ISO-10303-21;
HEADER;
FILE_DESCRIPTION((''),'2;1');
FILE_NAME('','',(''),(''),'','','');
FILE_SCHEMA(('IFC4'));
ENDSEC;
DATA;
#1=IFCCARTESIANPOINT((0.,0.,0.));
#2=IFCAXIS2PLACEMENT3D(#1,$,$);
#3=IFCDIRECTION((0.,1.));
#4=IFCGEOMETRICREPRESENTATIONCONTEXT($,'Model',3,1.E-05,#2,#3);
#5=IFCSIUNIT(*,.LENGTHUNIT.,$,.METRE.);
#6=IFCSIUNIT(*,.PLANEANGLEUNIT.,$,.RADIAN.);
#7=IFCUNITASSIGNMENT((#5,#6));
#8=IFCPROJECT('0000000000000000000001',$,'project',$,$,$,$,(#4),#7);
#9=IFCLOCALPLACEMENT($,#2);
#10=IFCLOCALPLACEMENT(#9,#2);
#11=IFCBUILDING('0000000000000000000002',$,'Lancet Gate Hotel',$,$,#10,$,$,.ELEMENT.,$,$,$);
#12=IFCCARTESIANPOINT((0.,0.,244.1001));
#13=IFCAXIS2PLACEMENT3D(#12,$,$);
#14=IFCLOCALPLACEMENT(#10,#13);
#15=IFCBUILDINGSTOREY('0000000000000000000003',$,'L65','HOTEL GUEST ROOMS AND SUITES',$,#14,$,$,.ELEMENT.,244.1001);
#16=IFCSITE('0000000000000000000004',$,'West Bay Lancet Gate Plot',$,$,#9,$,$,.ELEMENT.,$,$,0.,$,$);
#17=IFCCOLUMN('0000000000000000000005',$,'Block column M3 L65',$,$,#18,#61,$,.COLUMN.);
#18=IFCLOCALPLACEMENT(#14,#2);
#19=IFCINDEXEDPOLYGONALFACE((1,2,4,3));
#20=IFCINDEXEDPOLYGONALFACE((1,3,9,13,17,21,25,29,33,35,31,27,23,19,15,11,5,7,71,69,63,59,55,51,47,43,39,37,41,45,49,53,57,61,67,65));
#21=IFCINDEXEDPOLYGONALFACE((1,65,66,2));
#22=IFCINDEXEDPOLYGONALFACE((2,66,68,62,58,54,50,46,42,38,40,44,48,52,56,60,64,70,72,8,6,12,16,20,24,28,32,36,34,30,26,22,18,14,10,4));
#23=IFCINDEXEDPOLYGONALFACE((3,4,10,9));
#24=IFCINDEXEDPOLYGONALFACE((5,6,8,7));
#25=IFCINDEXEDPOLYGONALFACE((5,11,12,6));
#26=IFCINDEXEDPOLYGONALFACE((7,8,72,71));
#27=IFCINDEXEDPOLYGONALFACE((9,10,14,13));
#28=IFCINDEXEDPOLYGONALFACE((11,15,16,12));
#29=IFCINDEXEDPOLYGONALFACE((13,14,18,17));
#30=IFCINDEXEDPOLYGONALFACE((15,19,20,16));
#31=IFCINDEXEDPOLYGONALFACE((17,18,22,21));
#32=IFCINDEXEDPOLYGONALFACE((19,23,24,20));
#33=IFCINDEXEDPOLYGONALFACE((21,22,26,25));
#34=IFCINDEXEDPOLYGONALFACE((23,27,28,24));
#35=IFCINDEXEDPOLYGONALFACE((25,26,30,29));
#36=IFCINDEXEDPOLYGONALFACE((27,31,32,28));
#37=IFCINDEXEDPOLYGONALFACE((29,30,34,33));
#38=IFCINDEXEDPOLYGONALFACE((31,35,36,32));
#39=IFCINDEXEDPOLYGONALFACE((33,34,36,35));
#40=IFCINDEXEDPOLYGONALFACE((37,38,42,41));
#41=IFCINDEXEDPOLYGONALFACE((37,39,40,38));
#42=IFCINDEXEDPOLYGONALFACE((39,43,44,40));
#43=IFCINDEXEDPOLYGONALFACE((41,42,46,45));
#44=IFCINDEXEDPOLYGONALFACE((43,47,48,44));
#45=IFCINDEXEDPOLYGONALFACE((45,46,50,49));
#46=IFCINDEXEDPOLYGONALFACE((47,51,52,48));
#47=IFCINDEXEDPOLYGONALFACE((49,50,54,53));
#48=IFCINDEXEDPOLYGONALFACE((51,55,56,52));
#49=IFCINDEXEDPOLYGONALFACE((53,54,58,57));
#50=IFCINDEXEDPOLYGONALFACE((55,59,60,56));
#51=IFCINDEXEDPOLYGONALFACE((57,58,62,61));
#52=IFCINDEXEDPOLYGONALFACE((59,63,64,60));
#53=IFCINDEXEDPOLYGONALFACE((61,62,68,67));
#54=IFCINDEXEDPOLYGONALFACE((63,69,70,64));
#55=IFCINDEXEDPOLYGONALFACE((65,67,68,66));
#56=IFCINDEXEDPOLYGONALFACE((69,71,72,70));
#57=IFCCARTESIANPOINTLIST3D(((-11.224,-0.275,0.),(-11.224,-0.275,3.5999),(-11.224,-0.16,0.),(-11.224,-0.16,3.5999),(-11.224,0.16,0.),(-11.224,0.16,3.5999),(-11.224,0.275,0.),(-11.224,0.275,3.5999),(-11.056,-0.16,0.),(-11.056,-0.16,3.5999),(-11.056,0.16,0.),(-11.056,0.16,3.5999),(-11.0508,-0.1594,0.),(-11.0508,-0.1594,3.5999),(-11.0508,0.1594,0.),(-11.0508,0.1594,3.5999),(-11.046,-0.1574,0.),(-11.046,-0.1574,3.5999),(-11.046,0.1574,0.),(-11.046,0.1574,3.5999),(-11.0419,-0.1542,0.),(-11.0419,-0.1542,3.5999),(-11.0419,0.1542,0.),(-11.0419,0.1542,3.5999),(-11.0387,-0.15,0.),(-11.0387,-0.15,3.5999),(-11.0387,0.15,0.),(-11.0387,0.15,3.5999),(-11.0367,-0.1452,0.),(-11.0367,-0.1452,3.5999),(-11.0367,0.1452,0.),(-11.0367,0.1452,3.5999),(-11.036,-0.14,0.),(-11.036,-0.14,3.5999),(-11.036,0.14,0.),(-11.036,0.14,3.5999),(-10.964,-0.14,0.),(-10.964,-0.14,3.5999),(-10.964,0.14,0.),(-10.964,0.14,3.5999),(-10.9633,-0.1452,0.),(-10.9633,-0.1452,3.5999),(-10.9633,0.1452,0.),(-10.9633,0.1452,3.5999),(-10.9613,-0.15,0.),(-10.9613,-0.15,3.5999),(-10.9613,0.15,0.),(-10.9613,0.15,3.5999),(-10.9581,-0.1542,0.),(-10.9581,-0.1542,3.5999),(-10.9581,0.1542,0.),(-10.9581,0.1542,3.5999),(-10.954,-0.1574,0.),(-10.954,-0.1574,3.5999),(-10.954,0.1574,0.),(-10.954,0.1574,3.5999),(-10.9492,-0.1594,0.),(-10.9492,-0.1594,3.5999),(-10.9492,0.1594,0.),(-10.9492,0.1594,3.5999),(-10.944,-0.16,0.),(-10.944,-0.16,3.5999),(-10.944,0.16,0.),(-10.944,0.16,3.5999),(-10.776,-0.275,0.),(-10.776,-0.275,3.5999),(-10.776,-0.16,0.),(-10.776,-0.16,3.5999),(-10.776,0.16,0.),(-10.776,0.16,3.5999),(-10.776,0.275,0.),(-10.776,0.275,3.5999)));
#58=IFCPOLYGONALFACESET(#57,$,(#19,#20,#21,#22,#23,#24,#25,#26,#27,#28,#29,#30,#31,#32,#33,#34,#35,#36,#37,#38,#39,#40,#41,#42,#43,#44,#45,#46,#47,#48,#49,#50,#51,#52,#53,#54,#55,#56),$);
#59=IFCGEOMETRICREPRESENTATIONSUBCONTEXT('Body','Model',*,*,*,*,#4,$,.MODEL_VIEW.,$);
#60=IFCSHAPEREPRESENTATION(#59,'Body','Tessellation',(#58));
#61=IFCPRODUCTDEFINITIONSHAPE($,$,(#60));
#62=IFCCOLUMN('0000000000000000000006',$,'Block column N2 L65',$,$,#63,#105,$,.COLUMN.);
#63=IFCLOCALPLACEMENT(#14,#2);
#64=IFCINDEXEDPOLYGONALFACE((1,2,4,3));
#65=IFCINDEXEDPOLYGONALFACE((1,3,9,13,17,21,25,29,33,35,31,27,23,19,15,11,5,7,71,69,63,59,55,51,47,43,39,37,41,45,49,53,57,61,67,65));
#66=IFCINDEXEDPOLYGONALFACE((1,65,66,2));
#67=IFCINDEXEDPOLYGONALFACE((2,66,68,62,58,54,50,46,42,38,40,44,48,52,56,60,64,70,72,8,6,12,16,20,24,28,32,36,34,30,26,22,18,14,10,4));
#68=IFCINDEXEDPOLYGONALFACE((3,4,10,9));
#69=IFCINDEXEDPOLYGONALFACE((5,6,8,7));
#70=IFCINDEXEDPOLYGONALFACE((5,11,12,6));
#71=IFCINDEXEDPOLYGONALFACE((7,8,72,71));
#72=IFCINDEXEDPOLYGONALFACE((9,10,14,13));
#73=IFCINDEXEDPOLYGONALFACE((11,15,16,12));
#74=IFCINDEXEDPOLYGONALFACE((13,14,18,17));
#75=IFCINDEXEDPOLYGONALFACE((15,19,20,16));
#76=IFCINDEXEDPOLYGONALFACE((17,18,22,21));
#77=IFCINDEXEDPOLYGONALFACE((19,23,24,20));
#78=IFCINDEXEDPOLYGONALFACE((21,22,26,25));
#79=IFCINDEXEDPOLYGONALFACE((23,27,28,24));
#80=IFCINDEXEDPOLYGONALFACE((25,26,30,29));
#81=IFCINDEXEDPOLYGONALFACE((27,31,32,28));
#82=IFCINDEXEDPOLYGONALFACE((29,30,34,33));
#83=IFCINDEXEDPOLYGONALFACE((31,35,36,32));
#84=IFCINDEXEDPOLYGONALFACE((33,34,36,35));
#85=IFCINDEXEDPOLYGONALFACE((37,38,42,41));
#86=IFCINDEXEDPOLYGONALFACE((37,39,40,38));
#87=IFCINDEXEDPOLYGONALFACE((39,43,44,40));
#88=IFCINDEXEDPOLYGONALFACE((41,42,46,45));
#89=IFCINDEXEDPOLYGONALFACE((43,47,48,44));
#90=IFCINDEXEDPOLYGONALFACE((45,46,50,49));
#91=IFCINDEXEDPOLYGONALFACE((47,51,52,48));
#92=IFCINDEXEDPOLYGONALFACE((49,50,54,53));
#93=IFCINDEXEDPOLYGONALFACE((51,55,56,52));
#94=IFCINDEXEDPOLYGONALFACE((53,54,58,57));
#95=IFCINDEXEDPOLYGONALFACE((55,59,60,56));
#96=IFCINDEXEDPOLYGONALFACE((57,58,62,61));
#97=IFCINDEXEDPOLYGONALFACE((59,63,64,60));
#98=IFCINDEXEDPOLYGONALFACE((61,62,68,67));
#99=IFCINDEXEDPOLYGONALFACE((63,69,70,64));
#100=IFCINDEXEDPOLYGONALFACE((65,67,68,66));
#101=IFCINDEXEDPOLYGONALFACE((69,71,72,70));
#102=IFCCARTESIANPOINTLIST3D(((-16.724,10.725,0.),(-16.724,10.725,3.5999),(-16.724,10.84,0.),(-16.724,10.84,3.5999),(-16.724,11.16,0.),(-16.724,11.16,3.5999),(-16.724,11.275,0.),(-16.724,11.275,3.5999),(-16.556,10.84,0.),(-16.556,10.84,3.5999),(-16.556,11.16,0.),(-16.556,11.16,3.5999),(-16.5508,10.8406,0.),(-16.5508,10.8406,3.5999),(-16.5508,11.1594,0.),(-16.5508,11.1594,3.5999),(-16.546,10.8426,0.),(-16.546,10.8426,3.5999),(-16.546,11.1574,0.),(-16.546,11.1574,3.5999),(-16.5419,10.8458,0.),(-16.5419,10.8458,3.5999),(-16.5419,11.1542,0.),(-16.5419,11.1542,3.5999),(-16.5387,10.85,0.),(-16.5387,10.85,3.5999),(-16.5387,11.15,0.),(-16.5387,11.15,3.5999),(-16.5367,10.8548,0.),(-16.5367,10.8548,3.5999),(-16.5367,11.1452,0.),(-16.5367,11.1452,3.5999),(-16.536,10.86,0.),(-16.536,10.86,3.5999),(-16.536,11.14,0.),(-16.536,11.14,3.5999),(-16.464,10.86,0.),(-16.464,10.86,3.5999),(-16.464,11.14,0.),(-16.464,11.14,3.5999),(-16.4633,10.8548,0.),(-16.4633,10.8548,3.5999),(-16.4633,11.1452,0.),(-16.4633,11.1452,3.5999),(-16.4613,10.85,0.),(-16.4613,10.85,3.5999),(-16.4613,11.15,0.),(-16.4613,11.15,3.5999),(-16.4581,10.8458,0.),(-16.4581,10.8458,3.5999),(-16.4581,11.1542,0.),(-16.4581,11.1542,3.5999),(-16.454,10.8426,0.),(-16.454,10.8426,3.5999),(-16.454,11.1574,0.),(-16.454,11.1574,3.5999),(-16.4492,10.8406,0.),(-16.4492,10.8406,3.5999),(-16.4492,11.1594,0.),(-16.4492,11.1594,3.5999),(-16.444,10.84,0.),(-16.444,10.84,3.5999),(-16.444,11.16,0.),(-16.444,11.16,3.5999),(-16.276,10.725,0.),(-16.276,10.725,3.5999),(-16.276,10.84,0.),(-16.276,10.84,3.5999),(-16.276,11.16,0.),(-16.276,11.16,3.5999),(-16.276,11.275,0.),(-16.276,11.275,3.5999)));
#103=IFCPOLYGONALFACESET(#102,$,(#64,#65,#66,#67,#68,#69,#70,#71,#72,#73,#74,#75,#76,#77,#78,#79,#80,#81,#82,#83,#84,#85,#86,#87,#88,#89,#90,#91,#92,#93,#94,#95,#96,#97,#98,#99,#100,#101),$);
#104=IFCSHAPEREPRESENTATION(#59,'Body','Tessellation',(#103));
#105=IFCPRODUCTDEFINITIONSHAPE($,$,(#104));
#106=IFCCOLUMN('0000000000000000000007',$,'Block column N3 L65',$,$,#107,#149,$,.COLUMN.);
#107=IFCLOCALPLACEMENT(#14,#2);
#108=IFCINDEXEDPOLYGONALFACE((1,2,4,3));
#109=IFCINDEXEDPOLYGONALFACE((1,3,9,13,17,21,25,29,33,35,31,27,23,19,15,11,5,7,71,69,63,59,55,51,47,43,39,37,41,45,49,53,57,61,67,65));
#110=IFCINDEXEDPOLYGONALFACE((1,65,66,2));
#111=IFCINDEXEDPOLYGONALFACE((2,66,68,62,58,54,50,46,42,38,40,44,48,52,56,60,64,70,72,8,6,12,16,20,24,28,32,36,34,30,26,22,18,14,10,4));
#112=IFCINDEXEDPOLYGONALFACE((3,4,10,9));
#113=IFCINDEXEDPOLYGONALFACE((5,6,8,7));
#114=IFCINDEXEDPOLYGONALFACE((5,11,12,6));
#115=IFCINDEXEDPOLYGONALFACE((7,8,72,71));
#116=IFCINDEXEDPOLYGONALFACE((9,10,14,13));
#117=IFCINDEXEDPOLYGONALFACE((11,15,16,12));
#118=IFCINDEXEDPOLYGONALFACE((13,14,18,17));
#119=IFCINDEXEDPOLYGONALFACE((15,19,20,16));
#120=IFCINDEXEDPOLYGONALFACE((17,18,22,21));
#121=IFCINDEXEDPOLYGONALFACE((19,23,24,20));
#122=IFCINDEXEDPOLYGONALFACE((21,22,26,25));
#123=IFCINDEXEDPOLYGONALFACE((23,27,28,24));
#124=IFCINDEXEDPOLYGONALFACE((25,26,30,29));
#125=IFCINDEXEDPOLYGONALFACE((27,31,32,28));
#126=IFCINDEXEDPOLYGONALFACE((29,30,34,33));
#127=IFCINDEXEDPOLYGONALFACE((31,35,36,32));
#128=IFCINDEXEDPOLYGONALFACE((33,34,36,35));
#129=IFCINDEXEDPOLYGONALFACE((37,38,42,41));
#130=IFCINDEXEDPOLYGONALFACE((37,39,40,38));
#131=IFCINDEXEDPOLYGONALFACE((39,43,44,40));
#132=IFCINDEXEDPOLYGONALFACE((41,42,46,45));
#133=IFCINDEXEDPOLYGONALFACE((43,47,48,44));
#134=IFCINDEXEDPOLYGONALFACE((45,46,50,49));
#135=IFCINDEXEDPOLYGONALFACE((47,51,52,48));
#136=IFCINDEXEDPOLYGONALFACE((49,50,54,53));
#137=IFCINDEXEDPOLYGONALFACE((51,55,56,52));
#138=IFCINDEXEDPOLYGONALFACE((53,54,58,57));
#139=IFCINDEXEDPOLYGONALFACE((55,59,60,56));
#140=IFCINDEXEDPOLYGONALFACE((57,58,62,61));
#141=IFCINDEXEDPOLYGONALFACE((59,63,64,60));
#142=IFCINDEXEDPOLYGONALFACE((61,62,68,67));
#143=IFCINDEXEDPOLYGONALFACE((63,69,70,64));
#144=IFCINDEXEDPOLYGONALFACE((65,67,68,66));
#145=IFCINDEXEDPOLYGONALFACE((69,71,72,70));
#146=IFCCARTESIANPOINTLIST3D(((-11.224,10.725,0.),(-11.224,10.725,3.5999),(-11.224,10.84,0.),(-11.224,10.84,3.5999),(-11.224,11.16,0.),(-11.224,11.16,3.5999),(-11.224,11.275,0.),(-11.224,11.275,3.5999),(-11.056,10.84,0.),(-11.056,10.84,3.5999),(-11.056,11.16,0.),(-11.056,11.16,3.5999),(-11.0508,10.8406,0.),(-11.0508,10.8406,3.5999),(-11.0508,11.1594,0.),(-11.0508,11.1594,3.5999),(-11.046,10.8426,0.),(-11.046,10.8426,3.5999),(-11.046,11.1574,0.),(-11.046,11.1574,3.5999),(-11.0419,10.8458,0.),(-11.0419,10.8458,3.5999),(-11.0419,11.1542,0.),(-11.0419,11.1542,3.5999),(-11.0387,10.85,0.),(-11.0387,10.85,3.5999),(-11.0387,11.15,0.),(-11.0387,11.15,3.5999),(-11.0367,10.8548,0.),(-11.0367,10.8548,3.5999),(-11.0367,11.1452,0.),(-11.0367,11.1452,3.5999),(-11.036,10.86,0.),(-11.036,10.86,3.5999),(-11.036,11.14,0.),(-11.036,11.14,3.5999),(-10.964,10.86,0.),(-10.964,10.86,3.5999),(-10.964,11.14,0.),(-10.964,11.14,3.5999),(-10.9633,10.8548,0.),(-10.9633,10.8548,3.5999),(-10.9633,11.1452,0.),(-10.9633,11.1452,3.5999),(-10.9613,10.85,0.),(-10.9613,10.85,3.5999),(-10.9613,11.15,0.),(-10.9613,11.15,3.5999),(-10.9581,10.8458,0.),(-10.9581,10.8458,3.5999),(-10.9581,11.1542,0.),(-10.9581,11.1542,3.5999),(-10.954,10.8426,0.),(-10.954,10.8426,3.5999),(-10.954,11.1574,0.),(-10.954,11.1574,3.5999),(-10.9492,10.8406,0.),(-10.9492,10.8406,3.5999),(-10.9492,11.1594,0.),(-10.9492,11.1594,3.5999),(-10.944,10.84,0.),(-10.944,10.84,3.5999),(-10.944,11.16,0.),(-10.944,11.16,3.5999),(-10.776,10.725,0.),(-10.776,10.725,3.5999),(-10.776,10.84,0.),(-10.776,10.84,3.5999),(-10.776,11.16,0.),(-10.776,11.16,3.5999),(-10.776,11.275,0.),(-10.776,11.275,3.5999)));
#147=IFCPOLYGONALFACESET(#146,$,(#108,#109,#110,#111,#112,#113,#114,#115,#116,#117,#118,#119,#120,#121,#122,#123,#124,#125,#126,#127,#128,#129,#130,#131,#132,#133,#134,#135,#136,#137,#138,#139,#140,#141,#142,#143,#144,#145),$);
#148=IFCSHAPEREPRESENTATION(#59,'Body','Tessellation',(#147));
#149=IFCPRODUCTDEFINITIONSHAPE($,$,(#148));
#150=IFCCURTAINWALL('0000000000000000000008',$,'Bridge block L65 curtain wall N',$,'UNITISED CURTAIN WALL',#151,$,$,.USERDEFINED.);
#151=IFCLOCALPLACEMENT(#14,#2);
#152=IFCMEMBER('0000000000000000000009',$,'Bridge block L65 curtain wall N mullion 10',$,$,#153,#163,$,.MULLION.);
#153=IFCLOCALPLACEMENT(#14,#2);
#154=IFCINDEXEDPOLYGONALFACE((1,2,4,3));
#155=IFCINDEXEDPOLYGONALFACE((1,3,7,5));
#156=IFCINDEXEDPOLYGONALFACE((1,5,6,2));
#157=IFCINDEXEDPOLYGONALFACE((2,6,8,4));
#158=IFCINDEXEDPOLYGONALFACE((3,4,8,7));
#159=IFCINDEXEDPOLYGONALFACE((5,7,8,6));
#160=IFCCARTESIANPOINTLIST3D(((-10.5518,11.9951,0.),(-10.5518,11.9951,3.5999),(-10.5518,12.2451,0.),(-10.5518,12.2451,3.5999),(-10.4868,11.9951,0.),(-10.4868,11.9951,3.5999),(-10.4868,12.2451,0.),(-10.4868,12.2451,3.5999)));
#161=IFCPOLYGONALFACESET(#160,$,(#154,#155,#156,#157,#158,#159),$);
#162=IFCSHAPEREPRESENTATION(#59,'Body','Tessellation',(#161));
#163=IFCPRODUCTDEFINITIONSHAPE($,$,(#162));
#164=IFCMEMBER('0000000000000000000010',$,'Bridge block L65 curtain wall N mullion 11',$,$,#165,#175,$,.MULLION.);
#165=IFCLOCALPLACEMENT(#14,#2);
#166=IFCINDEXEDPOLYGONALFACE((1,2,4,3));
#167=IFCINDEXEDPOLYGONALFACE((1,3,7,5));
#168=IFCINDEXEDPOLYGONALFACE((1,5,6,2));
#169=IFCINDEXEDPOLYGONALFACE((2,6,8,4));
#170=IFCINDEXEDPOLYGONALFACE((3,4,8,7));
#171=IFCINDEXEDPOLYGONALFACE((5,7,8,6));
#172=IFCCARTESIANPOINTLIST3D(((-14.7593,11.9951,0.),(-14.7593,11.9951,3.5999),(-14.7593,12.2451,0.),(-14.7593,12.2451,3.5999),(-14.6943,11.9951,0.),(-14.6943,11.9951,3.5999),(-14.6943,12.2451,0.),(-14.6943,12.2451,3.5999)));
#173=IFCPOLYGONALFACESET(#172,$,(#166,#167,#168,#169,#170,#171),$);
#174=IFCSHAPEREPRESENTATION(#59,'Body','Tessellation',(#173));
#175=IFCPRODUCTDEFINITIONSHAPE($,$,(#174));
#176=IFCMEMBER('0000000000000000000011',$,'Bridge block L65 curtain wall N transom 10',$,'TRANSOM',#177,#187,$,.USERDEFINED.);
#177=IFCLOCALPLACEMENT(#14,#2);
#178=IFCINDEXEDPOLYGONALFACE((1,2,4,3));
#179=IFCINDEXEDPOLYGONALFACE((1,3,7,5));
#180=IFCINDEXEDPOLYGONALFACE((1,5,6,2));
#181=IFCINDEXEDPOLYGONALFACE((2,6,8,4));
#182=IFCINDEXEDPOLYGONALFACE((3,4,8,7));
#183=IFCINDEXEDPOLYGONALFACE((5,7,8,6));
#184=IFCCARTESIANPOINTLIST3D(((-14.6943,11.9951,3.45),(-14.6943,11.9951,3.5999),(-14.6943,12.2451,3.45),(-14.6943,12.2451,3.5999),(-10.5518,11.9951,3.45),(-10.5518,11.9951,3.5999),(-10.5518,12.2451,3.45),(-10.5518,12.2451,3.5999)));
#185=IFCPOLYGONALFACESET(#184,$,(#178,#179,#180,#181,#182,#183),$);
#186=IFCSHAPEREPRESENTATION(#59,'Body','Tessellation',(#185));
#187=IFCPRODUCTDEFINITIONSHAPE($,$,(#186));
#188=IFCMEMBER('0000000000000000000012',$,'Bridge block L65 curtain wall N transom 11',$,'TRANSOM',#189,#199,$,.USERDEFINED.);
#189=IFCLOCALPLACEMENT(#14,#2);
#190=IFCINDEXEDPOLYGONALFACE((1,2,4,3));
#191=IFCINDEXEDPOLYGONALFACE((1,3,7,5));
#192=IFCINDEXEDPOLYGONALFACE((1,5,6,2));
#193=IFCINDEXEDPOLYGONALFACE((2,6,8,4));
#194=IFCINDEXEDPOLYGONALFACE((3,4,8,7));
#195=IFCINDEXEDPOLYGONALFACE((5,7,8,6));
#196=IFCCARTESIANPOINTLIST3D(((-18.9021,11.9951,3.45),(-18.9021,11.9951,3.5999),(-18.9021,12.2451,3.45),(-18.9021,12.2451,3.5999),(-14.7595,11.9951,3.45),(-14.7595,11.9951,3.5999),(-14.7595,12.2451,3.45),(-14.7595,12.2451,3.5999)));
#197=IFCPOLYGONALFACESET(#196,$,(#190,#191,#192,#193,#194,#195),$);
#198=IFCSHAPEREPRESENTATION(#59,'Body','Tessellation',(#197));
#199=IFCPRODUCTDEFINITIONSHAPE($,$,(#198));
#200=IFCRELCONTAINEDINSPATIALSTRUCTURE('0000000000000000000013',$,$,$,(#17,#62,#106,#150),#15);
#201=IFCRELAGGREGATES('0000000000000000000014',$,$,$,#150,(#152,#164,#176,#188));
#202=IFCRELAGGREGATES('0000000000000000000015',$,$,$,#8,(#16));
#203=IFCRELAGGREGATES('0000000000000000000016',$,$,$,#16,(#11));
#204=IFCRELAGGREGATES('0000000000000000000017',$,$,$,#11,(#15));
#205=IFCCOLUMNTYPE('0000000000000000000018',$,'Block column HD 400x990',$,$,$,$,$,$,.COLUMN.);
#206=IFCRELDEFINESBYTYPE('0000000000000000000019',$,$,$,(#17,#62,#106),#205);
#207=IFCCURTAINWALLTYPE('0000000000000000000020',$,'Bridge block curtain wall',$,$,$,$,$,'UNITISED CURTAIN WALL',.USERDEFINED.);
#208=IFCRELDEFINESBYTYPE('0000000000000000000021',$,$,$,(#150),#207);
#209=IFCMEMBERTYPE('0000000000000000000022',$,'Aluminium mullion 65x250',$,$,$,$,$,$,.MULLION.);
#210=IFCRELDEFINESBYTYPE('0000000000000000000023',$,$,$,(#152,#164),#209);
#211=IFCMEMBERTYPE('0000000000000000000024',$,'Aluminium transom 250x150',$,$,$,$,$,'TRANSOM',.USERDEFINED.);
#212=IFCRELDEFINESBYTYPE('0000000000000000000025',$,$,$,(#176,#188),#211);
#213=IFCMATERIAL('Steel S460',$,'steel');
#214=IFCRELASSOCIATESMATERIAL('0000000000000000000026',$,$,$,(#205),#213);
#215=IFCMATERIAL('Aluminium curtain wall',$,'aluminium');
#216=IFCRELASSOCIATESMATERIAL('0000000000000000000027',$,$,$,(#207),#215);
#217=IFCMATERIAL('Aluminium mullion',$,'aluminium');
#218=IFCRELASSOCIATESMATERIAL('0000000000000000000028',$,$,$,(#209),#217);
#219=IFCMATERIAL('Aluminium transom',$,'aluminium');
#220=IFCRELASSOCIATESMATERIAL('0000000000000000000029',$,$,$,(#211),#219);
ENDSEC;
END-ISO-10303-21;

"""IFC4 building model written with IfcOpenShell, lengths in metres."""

from ifc_helpers import new_model, si_unit, direction, frame, origin, origin_2d, place, context, subcontext, project, spatial, rectangle, i_section, extrude, material, material_profile, profile_set, type_object, element, aggregate, save


model = new_model("IFC4")

# Units and contexts
model_context = context("Model", 3, precision=1e-05, world=origin(), true_north=direction((0.0, 1.0)))
body_context = subcontext(model_context, "Body", "Model", "MODEL_VIEW")
ifc_project = project(units=[si_unit("LENGTHUNIT", "METRE"), si_unit("PLANEANGLEUNIT", "RADIAN")], contexts=[model_context])

# Site, building, storey
site_placement = place(None, origin())
site = spatial("IfcSite", under=ifc_project, at=site_placement, Name="West Bay Lancet Gate Plot", CompositionType="ELEMENT", RefElevation=0.0)
building_placement = place(site_placement, origin())
building = spatial("IfcBuilding", under=site, at=building_placement, Name="Lancet Gate Hotel", CompositionType="ELEMENT")
storey_placement = place(building_placement, frame((0.0, 0.0, 244.1001)))
storey = spatial("IfcBuildingStorey", under=building, at=storey_placement, Name="L65", Description="HOTEL GUEST ROOMS AND SUITES", CompositionType="ELEMENT", Elevation=244.1001)

# Columns
ifc_material_1 = material(Name="Steel S460", Category="steel")
ifc_material_profile_1 = material_profile(ifc_material_1, i_section(OverallWidth=0.448, OverallDepth=0.55, WebThickness=0.072, FlangeThickness=0.115, FilletRadius=0.02, at=origin_2d()), Name="HD 400x990")
ifc_profile_set_1 = profile_set([ifc_material_profile_1], Name="Steel S460")
column_type = type_object("IfcColumnType", Name="Block column HD 400x990", PredefinedType="COLUMN", material=ifc_profile_set_1)
for number, where, z_axis, x_axis, name in (
    (1, (-11.0, 0.0, 0.0), (0.0, 0.0, 1.0), (1.0, 0.0, 0.0), "Block column M3 L65"),
    (2, (-16.5, 11.0, 0.0), (0.0, 0.0, 1.0), (1.0, 0.0, 0.0), "Block column N2 L65"),
    (3, (-11.0, 11.0, 0.0), (0.0, 0.0, 1.0), (1.0, 0.0, 0.0), "Block column N3 L65"),
):
    element("IfcColumn", number, at=place(storey_placement, frame(where, z_axis=z_axis, x_axis=x_axis)), inside=storey, type_object=column_type, Name=name, PredefinedType="COLUMN", context=body_context, shape_type="SweptSolid", body=[
        extrude(i_section(OverallWidth=0.448, OverallDepth=0.55, WebThickness=0.072, FlangeThickness=0.115, FilletRadius=0.02, at=origin_2d()), origin(), (0.0, 0.0, 1.0), 3.5999),
    ])

# Curtain wall, members
ifc_material_2 = material(Name="Aluminium curtain wall", Category="aluminium")
curtain_wall_type = type_object("IfcCurtainWallType", Name="Bridge block curtain wall", ElementType="UNITISED CURTAIN WALL", PredefinedType="USERDEFINED", material=ifc_material_2)
curtain_wall_placement = place(storey_placement, origin())
curtain_wall = element("IfcCurtainWall", 4, at=curtain_wall_placement, inside=storey, type_object=curtain_wall_type, Name="Bridge block L65 curtain wall N", ObjectType="UNITISED CURTAIN WALL", PredefinedType="USERDEFINED")
ifc_material_3 = material(Name="Aluminium mullion", Category="aluminium")
ifc_material_profile_2 = material_profile(ifc_material_3, rectangle(XDim=0.0649, YDim=0.25, at=origin_2d()), Name="MULLION 65x250")
ifc_profile_set_2 = profile_set([ifc_material_profile_2], Name="Aluminium mullion")
member_type_1 = type_object("IfcMemberType", Name="Aluminium mullion 65x250", PredefinedType="MULLION", material=ifc_profile_set_2)
member_1_placement = place(storey_placement, frame((-10.5193, 12.1201, 0.0), z_axis=(0.0, 0.0, 1.0), x_axis=(-1.0, 0.0, 0.0)))
member_1 = element("IfcMember", 5, at=member_1_placement, type_object=member_type_1, Name="Bridge block L65 curtain wall N mullion 10", PredefinedType="MULLION", context=body_context, shape_type="SweptSolid", body=[
    extrude(rectangle(XDim=0.0649, YDim=0.25, at=origin_2d()), origin(), (0.0, 0.0, 1.0), 3.5999),
])
member_2_placement = place(storey_placement, frame((-14.7268, 12.1201, 0.0), z_axis=(0.0, 0.0, 1.0), x_axis=(-1.0, 0.0, 0.0)))
member_2 = element("IfcMember", 6, at=member_2_placement, type_object=member_type_1, Name="Bridge block L65 curtain wall N mullion 11", PredefinedType="MULLION", context=body_context, shape_type="SweptSolid", body=[
    extrude(rectangle(XDim=0.0649, YDim=0.25, at=origin_2d()), origin(), (0.0, 0.0, 1.0), 3.5999),
])
ifc_material_4 = material(Name="Aluminium transom", Category="aluminium")
ifc_material_profile_3 = material_profile(ifc_material_4, rectangle(XDim=0.25, YDim=0.1499, at=origin_2d()), Name="TRANSOM 250x150")
ifc_profile_set_3 = profile_set([ifc_material_profile_3], Name="Aluminium transom")
member_type_2 = type_object("IfcMemberType", Name="Aluminium transom 250x150", ElementType="TRANSOM", PredefinedType="USERDEFINED", material=ifc_profile_set_3)
member_3_placement = place(storey_placement, frame((-10.5518, 12.1201, 3.5249), z_axis=(-1.0, 0.0, 0.0), x_axis=(0.0, -1.0, 0.0)))
member_3 = element("IfcMember", 7, at=member_3_placement, type_object=member_type_2, Name="Bridge block L65 curtain wall N transom 10", ObjectType="TRANSOM", PredefinedType="USERDEFINED", context=body_context, shape_type="SweptSolid", body=[
    extrude(rectangle(XDim=0.25, YDim=0.1499, at=origin_2d()), origin(), (0.0, 0.0, 1.0), 4.1426),
])
member_4_placement = place(storey_placement, frame((-14.7595, 12.1201, 3.5249), z_axis=(-1.0, 0.0, 0.0), x_axis=(0.0, -1.0, 0.0)))
member_4 = element("IfcMember", 8, at=member_4_placement, type_object=member_type_2, Name="Bridge block L65 curtain wall N transom 11", ObjectType="TRANSOM", PredefinedType="USERDEFINED", context=body_context, shape_type="SweptSolid", body=[
    extrude(rectangle(XDim=0.25, YDim=0.1499, at=origin_2d()), origin(), (0.0, 0.0, 1.0), 4.1426),
])

aggregate(curtain_wall, [member_1, member_2, member_3, member_4])

save(model, "model.ifc")
